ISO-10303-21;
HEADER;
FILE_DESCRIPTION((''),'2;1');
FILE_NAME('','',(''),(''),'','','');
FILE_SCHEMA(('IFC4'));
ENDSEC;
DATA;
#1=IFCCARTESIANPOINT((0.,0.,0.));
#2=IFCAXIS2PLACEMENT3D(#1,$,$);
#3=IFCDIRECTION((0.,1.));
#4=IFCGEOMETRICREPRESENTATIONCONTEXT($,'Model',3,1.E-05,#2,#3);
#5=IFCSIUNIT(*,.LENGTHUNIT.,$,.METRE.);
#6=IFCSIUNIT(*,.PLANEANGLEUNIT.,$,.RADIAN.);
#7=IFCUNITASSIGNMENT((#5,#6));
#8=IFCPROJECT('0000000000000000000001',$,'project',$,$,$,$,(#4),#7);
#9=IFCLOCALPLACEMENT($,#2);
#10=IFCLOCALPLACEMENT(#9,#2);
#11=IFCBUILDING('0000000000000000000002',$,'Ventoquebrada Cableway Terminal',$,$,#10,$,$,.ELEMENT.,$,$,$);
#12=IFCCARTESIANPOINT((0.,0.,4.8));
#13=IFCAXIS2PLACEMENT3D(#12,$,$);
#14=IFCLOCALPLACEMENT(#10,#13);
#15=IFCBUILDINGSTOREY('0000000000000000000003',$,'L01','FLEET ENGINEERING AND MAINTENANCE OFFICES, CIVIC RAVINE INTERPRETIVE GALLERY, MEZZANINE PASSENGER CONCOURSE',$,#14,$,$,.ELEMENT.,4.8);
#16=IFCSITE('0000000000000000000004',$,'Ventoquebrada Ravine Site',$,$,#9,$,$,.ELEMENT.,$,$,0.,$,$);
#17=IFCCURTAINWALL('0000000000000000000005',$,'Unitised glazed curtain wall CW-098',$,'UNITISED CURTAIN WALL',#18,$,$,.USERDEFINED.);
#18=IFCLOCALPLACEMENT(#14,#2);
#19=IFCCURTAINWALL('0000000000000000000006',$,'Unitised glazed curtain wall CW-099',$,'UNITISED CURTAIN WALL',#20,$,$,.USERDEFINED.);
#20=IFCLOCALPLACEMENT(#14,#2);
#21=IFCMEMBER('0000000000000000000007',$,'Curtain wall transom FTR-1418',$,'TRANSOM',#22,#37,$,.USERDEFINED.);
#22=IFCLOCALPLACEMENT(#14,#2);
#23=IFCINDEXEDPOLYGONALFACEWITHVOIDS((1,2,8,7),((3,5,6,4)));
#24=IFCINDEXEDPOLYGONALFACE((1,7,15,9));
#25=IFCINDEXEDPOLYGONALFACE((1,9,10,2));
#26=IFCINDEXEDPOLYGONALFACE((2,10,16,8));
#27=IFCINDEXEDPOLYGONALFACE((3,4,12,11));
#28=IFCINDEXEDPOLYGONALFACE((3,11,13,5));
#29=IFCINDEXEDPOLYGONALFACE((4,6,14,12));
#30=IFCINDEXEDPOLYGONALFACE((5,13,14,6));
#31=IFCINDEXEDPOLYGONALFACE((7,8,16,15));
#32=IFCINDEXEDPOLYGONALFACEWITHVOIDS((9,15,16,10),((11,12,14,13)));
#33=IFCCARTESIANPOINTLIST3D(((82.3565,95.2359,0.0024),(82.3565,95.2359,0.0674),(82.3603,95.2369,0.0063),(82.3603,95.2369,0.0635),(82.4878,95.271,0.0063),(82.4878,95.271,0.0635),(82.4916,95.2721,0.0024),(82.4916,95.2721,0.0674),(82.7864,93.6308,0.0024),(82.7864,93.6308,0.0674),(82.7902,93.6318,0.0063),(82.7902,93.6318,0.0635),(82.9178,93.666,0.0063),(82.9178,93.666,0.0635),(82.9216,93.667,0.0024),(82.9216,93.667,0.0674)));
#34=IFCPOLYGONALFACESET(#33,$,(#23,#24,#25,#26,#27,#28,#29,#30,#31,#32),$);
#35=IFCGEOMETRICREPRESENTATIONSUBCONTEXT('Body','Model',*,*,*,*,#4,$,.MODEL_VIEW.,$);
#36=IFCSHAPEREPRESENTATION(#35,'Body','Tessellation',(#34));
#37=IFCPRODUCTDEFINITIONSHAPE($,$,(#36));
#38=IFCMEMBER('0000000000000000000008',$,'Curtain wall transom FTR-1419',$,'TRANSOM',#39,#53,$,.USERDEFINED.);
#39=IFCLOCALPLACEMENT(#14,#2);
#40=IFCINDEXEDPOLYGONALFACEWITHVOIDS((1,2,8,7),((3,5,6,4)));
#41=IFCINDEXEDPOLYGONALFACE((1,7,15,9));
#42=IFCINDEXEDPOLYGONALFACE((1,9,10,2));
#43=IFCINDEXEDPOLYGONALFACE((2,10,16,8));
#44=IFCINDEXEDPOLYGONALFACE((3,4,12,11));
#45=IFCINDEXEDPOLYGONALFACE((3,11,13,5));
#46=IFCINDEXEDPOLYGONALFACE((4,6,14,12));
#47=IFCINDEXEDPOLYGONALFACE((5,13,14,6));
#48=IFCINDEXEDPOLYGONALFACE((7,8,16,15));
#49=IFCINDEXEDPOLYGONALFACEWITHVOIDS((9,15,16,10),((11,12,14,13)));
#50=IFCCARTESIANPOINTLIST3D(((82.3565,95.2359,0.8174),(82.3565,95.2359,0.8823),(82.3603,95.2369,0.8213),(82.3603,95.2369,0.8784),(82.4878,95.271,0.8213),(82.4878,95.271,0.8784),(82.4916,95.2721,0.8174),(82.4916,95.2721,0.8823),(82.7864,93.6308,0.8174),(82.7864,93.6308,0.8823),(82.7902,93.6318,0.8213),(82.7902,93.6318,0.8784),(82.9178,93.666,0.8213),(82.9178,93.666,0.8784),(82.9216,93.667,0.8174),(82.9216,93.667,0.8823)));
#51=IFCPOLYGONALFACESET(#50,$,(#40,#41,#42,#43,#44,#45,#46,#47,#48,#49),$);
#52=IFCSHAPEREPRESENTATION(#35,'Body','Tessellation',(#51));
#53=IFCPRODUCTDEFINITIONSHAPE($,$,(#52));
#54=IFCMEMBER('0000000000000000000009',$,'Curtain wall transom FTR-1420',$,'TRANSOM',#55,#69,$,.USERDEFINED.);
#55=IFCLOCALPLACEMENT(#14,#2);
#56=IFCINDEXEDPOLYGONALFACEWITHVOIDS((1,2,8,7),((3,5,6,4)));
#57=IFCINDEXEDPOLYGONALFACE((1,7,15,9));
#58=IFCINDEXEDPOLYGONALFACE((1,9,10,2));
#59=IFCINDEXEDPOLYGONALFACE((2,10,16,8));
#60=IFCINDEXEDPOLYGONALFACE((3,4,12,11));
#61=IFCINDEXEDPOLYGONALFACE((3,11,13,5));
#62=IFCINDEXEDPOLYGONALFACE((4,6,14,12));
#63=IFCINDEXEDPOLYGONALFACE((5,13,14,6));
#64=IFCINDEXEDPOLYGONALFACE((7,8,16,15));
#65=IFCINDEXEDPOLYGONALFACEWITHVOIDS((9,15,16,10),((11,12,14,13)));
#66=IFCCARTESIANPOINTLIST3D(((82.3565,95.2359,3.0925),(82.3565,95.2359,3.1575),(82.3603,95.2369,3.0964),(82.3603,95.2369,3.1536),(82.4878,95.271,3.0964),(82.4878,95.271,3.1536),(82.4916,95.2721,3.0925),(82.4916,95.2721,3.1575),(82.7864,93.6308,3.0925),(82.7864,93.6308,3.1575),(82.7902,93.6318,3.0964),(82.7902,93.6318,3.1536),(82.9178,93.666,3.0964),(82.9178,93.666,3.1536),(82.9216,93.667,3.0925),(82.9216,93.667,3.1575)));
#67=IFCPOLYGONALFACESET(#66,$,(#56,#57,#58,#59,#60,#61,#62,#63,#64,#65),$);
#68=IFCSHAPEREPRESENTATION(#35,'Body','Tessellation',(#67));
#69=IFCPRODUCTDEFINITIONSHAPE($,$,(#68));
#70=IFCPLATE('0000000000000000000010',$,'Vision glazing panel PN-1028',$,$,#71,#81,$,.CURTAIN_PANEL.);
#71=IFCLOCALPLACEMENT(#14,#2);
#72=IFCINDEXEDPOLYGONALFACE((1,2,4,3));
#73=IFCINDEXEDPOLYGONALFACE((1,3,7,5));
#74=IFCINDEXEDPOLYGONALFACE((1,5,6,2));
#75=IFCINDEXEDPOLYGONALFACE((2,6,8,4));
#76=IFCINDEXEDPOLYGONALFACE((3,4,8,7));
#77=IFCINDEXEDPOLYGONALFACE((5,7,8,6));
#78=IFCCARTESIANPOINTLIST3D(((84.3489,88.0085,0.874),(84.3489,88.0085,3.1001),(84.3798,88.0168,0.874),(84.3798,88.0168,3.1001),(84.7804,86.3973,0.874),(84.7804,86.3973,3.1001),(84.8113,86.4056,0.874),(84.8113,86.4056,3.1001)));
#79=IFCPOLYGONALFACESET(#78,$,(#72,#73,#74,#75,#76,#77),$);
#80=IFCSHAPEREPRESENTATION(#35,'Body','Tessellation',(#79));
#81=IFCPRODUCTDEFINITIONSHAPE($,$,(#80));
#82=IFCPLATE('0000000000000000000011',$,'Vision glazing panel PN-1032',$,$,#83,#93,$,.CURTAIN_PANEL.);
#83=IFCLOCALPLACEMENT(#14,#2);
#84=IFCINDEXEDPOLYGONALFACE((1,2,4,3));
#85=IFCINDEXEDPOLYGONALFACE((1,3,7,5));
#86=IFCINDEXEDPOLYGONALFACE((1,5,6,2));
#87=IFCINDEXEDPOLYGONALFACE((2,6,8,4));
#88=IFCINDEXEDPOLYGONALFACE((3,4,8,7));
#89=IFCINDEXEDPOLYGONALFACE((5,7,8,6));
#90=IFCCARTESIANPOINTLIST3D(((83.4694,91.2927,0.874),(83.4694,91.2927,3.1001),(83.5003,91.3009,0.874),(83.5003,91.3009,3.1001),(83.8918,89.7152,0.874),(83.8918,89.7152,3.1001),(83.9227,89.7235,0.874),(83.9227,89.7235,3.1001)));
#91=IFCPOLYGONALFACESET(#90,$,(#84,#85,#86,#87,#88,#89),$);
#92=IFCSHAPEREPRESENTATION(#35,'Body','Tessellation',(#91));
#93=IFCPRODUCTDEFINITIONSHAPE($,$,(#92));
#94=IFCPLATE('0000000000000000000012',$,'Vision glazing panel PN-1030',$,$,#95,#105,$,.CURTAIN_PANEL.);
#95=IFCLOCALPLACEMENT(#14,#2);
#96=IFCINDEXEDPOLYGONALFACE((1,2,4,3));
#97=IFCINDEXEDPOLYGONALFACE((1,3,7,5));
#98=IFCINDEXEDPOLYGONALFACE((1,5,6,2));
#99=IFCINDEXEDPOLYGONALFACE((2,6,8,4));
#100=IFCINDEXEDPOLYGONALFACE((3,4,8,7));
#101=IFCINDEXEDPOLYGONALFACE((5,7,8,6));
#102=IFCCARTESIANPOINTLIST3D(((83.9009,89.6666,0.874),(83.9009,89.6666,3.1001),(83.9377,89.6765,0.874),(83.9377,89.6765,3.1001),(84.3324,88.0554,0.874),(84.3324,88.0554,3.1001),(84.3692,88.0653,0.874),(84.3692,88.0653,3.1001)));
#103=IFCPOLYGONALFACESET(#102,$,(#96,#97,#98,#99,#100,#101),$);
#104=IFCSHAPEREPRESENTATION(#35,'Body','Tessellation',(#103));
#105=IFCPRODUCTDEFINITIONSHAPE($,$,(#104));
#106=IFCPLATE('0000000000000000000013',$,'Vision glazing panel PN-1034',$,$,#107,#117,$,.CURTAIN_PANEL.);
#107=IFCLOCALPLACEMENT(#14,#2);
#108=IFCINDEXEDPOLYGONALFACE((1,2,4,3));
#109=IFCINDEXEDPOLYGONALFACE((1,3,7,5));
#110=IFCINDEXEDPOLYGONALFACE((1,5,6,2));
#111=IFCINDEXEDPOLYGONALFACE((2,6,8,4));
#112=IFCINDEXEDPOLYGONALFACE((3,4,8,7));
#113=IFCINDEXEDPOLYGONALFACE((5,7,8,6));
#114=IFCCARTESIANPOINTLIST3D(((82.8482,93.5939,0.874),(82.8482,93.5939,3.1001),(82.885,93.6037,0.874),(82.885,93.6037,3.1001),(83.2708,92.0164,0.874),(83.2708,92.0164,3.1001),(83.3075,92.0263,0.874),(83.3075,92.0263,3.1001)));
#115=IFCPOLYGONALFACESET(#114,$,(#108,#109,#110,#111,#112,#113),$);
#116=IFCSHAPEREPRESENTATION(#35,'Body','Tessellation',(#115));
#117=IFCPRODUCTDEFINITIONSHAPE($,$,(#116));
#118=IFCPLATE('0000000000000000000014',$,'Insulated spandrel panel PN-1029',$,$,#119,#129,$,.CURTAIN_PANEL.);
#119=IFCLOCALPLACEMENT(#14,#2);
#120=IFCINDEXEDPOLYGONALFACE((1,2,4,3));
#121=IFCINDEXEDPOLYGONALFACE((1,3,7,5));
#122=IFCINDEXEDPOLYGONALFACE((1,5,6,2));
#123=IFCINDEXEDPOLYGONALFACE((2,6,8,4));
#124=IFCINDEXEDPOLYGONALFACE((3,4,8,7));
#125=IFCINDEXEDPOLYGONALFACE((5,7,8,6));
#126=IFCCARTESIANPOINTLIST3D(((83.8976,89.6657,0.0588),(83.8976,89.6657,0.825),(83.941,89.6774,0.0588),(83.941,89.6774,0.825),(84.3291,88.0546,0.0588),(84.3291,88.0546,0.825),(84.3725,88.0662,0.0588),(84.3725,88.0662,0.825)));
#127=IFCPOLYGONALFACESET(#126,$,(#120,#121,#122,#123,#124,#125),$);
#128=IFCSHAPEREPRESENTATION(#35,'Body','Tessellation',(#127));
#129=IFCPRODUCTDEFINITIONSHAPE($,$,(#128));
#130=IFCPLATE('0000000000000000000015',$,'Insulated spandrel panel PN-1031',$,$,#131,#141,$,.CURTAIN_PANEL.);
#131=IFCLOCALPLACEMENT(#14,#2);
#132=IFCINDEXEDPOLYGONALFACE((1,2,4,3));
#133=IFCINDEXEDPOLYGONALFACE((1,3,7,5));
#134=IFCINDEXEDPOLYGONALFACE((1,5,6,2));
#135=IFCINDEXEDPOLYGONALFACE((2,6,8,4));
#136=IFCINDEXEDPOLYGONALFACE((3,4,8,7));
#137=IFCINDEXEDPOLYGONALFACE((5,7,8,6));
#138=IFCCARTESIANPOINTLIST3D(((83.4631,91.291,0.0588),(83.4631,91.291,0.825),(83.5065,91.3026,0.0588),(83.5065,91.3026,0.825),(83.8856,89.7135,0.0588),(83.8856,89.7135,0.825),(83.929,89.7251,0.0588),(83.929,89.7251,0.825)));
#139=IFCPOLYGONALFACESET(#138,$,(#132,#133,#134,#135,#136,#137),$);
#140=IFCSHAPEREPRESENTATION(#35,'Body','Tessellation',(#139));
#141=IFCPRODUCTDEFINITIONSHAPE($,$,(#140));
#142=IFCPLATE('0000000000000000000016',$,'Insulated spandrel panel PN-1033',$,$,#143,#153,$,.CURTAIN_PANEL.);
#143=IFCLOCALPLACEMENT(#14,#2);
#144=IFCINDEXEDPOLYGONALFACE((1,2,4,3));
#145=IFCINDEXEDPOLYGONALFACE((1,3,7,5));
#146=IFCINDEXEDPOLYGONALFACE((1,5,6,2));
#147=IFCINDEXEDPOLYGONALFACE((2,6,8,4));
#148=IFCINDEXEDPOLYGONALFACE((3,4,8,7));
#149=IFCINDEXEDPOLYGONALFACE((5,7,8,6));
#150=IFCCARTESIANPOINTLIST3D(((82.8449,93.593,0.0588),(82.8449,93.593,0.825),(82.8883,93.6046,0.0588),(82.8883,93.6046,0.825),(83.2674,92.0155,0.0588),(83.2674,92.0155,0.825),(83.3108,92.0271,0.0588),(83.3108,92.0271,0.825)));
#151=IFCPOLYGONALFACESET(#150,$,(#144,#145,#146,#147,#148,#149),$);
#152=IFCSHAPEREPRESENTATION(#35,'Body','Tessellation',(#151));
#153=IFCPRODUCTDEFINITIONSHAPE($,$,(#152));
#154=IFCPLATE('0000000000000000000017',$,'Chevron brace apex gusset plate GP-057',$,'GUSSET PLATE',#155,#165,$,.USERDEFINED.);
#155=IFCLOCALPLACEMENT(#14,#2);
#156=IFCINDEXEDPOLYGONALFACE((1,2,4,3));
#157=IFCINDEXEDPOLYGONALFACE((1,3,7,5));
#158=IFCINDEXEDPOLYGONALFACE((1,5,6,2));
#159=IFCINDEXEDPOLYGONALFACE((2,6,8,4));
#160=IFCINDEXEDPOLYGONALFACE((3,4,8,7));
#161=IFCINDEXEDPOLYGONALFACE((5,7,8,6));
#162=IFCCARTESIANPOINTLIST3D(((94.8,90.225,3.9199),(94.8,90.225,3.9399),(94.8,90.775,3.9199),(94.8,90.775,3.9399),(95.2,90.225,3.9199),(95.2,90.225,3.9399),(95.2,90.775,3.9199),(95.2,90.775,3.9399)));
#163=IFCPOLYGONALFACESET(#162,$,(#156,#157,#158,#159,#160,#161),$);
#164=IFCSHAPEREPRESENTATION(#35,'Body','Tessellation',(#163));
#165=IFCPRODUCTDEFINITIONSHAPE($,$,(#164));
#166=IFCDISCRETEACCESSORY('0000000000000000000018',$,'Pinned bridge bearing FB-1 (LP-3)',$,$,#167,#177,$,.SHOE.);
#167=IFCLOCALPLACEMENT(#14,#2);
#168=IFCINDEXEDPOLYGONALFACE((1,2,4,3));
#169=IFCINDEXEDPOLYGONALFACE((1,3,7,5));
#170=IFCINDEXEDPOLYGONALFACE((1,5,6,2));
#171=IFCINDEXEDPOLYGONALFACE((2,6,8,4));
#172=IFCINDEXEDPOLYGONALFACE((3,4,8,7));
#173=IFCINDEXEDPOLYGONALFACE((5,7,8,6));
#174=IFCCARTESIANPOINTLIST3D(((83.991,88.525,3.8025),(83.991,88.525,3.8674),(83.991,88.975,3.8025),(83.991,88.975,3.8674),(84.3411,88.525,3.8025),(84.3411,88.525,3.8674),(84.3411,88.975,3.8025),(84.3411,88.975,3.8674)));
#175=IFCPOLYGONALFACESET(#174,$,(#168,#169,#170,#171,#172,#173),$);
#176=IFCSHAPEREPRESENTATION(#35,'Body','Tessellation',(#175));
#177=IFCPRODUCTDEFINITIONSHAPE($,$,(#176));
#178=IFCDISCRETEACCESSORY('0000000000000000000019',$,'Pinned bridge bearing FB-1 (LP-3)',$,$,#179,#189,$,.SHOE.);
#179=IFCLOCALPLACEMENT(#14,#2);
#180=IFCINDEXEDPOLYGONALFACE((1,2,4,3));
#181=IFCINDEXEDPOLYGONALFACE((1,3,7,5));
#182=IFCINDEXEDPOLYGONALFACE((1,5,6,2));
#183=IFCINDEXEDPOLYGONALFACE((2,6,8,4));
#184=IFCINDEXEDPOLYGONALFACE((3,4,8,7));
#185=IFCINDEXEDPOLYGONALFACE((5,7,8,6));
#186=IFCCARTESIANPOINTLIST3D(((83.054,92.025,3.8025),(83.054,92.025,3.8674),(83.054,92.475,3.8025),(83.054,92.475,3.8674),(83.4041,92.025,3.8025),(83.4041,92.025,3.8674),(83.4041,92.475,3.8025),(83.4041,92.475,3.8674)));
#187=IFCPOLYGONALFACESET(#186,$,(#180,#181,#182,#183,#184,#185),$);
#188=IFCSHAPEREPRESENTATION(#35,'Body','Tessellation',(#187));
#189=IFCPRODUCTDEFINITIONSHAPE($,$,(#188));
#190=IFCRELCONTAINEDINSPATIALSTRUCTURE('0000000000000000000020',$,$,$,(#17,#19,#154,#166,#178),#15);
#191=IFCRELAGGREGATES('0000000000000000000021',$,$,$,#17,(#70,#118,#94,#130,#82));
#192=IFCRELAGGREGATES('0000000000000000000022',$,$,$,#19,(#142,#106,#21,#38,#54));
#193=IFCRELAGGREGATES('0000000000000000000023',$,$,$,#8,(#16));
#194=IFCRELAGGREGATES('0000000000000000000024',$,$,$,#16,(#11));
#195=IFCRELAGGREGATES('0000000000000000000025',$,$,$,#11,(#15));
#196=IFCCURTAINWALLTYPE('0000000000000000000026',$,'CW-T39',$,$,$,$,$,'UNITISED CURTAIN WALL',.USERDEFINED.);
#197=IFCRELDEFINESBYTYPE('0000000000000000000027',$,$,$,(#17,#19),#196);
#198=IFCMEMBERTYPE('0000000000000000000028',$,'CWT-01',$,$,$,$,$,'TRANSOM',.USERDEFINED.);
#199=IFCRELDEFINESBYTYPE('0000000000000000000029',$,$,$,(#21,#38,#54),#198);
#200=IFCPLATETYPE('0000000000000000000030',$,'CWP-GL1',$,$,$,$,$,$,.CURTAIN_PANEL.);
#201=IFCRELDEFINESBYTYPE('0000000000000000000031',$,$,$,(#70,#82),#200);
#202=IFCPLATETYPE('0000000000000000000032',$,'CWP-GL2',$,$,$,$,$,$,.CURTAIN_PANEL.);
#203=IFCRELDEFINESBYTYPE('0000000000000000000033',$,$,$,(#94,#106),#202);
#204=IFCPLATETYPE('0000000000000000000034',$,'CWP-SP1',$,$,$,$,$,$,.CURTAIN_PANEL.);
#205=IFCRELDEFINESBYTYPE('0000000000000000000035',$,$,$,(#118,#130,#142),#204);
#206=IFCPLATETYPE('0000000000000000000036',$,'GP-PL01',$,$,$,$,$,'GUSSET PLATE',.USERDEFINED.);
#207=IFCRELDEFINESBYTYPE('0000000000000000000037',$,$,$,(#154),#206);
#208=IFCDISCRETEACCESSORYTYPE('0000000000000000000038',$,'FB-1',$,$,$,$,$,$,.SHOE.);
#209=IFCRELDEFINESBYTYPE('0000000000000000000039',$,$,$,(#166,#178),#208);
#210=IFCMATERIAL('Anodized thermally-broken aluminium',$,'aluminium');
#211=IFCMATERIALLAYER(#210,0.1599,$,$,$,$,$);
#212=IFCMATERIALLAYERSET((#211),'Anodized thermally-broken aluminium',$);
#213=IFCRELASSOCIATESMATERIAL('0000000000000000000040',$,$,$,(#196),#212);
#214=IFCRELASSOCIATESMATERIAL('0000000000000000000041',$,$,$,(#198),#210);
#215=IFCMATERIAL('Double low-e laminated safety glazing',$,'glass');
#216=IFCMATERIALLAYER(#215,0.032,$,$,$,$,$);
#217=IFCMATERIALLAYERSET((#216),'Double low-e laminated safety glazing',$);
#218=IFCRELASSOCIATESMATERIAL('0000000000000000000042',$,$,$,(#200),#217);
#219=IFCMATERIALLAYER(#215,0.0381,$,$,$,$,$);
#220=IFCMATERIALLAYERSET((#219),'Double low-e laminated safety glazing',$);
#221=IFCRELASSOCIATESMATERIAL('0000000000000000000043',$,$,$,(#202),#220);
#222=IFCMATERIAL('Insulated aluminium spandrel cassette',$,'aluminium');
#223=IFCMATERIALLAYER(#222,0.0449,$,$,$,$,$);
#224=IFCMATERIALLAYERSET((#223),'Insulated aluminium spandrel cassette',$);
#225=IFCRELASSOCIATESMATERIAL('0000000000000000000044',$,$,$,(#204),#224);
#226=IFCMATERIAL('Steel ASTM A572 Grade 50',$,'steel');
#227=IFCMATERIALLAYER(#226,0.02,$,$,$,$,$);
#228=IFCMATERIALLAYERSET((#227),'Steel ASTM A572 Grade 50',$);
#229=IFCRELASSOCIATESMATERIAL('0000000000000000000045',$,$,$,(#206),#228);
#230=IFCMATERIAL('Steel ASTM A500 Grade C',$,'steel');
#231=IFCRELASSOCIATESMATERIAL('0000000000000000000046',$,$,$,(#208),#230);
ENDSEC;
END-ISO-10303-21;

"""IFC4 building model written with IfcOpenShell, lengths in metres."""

from ifc_helpers import new_model, si_unit, direction, frame, origin, origin_2d, place, context, subcontext, project, spatial, rectangle, hollow_rectangle, extrude, material, layer, layer_set, material_profile, profile_set, type_object, element, aggregate, save


model = new_model("IFC4")

# Units and contexts
model_context = context("Model", 3, precision=1e-05, world=origin(), true_north=direction((0.0, 1.0)))
body_context = subcontext(model_context, "Body", "Model", "MODEL_VIEW")
ifc_project = project(units=[si_unit("LENGTHUNIT", "METRE"), si_unit("PLANEANGLEUNIT", "RADIAN")], contexts=[model_context])

# Site, building, storey
site_placement = place(None, origin())
site = spatial("IfcSite", under=ifc_project, at=site_placement, Name="Ventoquebrada Ravine Site", CompositionType="ELEMENT", RefElevation=0.0)
building_placement = place(site_placement, origin())
building = spatial("IfcBuilding", under=site, at=building_placement, Name="Ventoquebrada Cableway Terminal", CompositionType="ELEMENT")
storey_placement = place(building_placement, frame((0.0, 0.0, 4.8)))
storey = spatial("IfcBuildingStorey", under=building, at=storey_placement, Name="L01", Description="FLEET ENGINEERING AND MAINTENANCE OFFICES, CIVIC RAVINE INTERPRETIVE GALLERY, MEZZANINE PASSENGER CONCOURSE", CompositionType="ELEMENT", Elevation=4.8)

# Curtain walls
ifc_material_1 = material(Name="Anodized thermally-broken aluminium", Category="aluminium")
ifc_layer_1 = layer(ifc_material_1, 0.1599)
ifc_layer_set_1 = layer_set([ifc_layer_1], Name="Anodized thermally-broken aluminium")
curtain_wall_type = type_object("IfcCurtainWallType", Name="CW-T39", ElementType="UNITISED CURTAIN WALL", PredefinedType="USERDEFINED", material=ifc_layer_set_1)
curtain_wall_1_placement = place(storey_placement, origin())
curtain_wall_1 = element("IfcCurtainWall", 1, at=curtain_wall_1_placement, inside=storey, type_object=curtain_wall_type, Name="Unitised glazed curtain wall CW-098", ObjectType="UNITISED CURTAIN WALL", PredefinedType="USERDEFINED")
curtain_wall_2_placement = place(storey_placement, origin())
curtain_wall_2 = element("IfcCurtainWall", 2, at=curtain_wall_2_placement, inside=storey, type_object=curtain_wall_type, Name="Unitised glazed curtain wall CW-099", ObjectType="UNITISED CURTAIN WALL", PredefinedType="USERDEFINED")

# Members
ifc_material_profile_1 = material_profile(ifc_material_1, hollow_rectangle(XDim=0.0649, YDim=0.1399, WallThickness=0.0039, at=origin_2d()), Name="CW-TRN-65X140")
ifc_profile_set_1 = profile_set([ifc_material_profile_1], Name="Anodized thermally-broken aluminium")
member_type_1 = type_object("IfcMemberType", Name="CWT-01", ElementType="TRANSOM", PredefinedType="USERDEFINED", material=ifc_profile_set_1)
member_1_placement = place(storey_placement, frame((82.854, 93.6489, 0.0349), z_axis=(-0.258751, 0.965944, 0.0), x_axis=(0.0, 0.0, 1.0)))
member_1 = element("IfcMember", 3, at=member_1_placement, type_object=member_type_1, Name="Curtain wall transom FTR-1418", ObjectType="TRANSOM", PredefinedType="USERDEFINED", context=body_context, shape_type="SweptSolid", body=[
    extrude(hollow_rectangle(XDim=0.0649, YDim=0.1399, WallThickness=0.0039, at=origin_2d()), origin(), (0.0, 0.0, 1.0), 1.6616),
])
member_2_placement = place(storey_placement, frame((82.854, 93.6489, 0.8499), z_axis=(-0.258751, 0.965944, 0.0), x_axis=(0.0, 0.0, 1.0)))
member_2 = element("IfcMember", 4, at=member_2_placement, type_object=member_type_1, Name="Curtain wall transom FTR-1419", ObjectType="TRANSOM", PredefinedType="USERDEFINED", context=body_context, shape_type="SweptSolid", body=[
    extrude(hollow_rectangle(XDim=0.0649, YDim=0.1399, WallThickness=0.0039, at=origin_2d()), origin(), (0.0, 0.0, 1.0), 1.6616),
])
member_3_placement = place(storey_placement, frame((82.854, 93.6489, 3.125), z_axis=(-0.258751, 0.965944, 0.0), x_axis=(0.0, 0.0, 1.0)))
member_3 = element("IfcMember", 5, at=member_3_placement, type_object=member_type_1, Name="Curtain wall transom FTR-1420", ObjectType="TRANSOM", PredefinedType="USERDEFINED", context=body_context, shape_type="SweptSolid", body=[
    extrude(hollow_rectangle(XDim=0.0649, YDim=0.1399, WallThickness=0.0039, at=origin_2d()), origin(), (0.0, 0.0, 1.0), 1.6616),
])

# Plates
ifc_material_2 = material(Name="Double low-e laminated safety glazing", Category="glass")
ifc_layer_2 = layer(ifc_material_2, 0.032)
ifc_layer_set_2 = layer_set([ifc_layer_2], Name="Double low-e laminated safety glazing")
plate_type_1 = type_object("IfcPlateType", Name="CWP-GL1", PredefinedType="CURTAIN_PANEL", material=ifc_layer_set_2)
plate_1_placement = place(storey_placement, frame((84.5801, 87.207, 0.874), z_axis=(0.0, 0.0, 1.0), x_axis=(-0.258701, 0.965957, 0.0)))
plate_1 = element("IfcPlate", 6, at=plate_1_placement, type_object=plate_type_1, Name="Vision glazing panel PN-1028", PredefinedType="CURTAIN_PANEL", context=body_context, shape_type="SweptSolid", body=[
    extrude(rectangle(XDim=1.668, YDim=0.032, at=origin_2d()), origin(), (0.0, 0.0, 1.0), 2.2261),
])
plate_2_placement = place(storey_placement, frame((83.696, 90.5081, 0.874), z_axis=(0.0, 0.0, 1.0), x_axis=(-0.258701, 0.965957, 0.0)))
plate_2 = element("IfcPlate", 7, at=plate_2_placement, type_object=plate_type_1, Name="Vision glazing panel PN-1032", PredefinedType="CURTAIN_PANEL", context=body_context, shape_type="SweptSolid", body=[
    extrude(rectangle(XDim=1.6331, YDim=0.032, at=origin_2d()), origin(), (0.0, 0.0, 1.0), 2.2261),
])
ifc_layer_3 = layer(ifc_material_2, 0.0381)
ifc_layer_set_3 = layer_set([ifc_layer_3], Name="Double low-e laminated safety glazing")
plate_type_2 = type_object("IfcPlateType", Name="CWP-GL2", PredefinedType="CURTAIN_PANEL", material=ifc_layer_set_3)
plate_3_placement = place(storey_placement, frame((84.135, 88.866, 0.874), z_axis=(0.0, 0.0, 1.0), x_axis=(-0.258701, 0.965957, 0.0)))
plate_3 = element("IfcPlate", 8, at=plate_3_placement, type_object=plate_type_2, Name="Vision glazing panel PN-1030", PredefinedType="CURTAIN_PANEL", context=body_context, shape_type="SweptSolid", body=[
    extrude(rectangle(XDim=1.668, YDim=0.0381, at=origin_2d()), origin(), (0.0, 0.0, 1.0), 2.2261),
])
plate_4_placement = place(storey_placement, frame((83.0779, 92.8101, 0.874), z_axis=(0.0, 0.0, 1.0), x_axis=(-0.258735, 0.965948, 0.0)))
plate_4 = element("IfcPlate", 9, at=plate_4_placement, type_object=plate_type_2, Name="Vision glazing panel PN-1034", PredefinedType="CURTAIN_PANEL", context=body_context, shape_type="SweptSolid", body=[
    extrude(rectangle(XDim=1.6331, YDim=0.0381, at=origin_2d()), origin(), (0.0, 0.0, 1.0), 2.2261),
])
ifc_material_3 = material(Name="Insulated aluminium spandrel cassette", Category="aluminium")
ifc_layer_4 = layer(ifc_material_3, 0.0449)
ifc_layer_set_4 = layer_set([ifc_layer_4], Name="Insulated aluminium spandrel cassette")
plate_type_3 = type_object("IfcPlateType", Name="CWP-SP1", PredefinedType="CURTAIN_PANEL", material=ifc_layer_set_4)
plate_5_placement = place(storey_placement, frame((84.135, 88.866, 0.0588), z_axis=(0.0, 0.0, 1.0), x_axis=(-0.258701, 0.965957, 0.0)))
plate_5 = element("IfcPlate", 10, at=plate_5_placement, type_object=plate_type_3, Name="Insulated spandrel panel PN-1029", PredefinedType="CURTAIN_PANEL", context=body_context, shape_type="SweptSolid", body=[
    extrude(rectangle(XDim=1.668, YDim=0.0449, at=origin_2d()), origin(), (0.0, 0.0, 1.0), 0.7661),
])
plate_6_placement = place(storey_placement, frame((83.696, 90.5081, 0.0588), z_axis=(0.0, 0.0, 1.0), x_axis=(-0.258701, 0.965957, 0.0)))
plate_6 = element("IfcPlate", 11, at=plate_6_placement, type_object=plate_type_3, Name="Insulated spandrel panel PN-1031", PredefinedType="CURTAIN_PANEL", context=body_context, shape_type="SweptSolid", body=[
    extrude(rectangle(XDim=1.6331, YDim=0.0449, at=origin_2d()), origin(), (0.0, 0.0, 1.0), 0.7661),
])
aggregate(curtain_wall_1, [plate_1, plate_5, plate_3, plate_6, plate_2])
plate_7_placement = place(storey_placement, frame((83.0779, 92.8101, 0.0588), z_axis=(0.0, 0.0, 1.0), x_axis=(-0.258735, 0.965948, 0.0)))
plate_7 = element("IfcPlate", 12, at=plate_7_placement, type_object=plate_type_3, Name="Insulated spandrel panel PN-1033", PredefinedType="CURTAIN_PANEL", context=body_context, shape_type="SweptSolid", body=[
    extrude(rectangle(XDim=1.6331, YDim=0.0449, at=origin_2d()), origin(), (0.0, 0.0, 1.0), 0.7661),
])
aggregate(curtain_wall_2, [plate_7, plate_4, member_1, member_2, member_3])
ifc_material_4 = material(Name="Steel ASTM A572 Grade 50", Category="steel")
ifc_layer_5 = layer(ifc_material_4, 0.02)
ifc_layer_set_5 = layer_set([ifc_layer_5], Name="Steel ASTM A572 Grade 50")
plate_type_4 = type_object("IfcPlateType", Name="GP-PL01", ElementType="GUSSET PLATE", PredefinedType="USERDEFINED", material=ifc_layer_set_5)
plate_8_placement = place(storey_placement, frame((95.0, 90.5, 3.9199), z_axis=(0.0, 0.0, 1.0), x_axis=(0.0, 1.0, 0.0)))
element("IfcPlate", 13, at=plate_8_placement, inside=storey, type_object=plate_type_4, Name="Chevron brace apex gusset plate GP-057", ObjectType="GUSSET PLATE", PredefinedType="USERDEFINED", context=body_context, shape_type="SweptSolid", body=[
    extrude(rectangle(XDim=0.55, YDim=0.3999, at=origin_2d()), origin(), (0.0, 0.0, 1.0), 0.02),
])

# Discrete accessories
ifc_material_5 = material(Name="Steel ASTM A500 Grade C", Category="steel")
discrete_accessory_type_1 = type_object("IfcDiscreteAccessoryType", Name="FB-1", PredefinedType="SHOE", material=ifc_material_5)
for number, where, z_axis, x_axis, name in (
    (14, (84.166, 88.75, 3.8025), (0.0, 0.0, 1.0), (1.0, 0.0, 0.0), "Pinned bridge bearing FB-1 (LP-3)"),
    (15, (83.229, 92.25, 3.8025), (0.0, 0.0, 1.0), (1.0, 0.0, 0.0), "Pinned bridge bearing FB-1 (LP-3)"),
):
    element("IfcDiscreteAccessory", number, at=place(storey_placement, frame(where, z_axis=z_axis, x_axis=x_axis)), inside=storey, type_object=discrete_accessory_type_1, Name=name, PredefinedType="SHOE", context=body_context, shape_type="SweptSolid", body=[
        extrude(rectangle(XDim=0.3501, YDim=0.45, at=origin_2d()), origin(), (0.0, 0.0, 1.0), 0.0649),
    ])

save(model, "model.ifc")
